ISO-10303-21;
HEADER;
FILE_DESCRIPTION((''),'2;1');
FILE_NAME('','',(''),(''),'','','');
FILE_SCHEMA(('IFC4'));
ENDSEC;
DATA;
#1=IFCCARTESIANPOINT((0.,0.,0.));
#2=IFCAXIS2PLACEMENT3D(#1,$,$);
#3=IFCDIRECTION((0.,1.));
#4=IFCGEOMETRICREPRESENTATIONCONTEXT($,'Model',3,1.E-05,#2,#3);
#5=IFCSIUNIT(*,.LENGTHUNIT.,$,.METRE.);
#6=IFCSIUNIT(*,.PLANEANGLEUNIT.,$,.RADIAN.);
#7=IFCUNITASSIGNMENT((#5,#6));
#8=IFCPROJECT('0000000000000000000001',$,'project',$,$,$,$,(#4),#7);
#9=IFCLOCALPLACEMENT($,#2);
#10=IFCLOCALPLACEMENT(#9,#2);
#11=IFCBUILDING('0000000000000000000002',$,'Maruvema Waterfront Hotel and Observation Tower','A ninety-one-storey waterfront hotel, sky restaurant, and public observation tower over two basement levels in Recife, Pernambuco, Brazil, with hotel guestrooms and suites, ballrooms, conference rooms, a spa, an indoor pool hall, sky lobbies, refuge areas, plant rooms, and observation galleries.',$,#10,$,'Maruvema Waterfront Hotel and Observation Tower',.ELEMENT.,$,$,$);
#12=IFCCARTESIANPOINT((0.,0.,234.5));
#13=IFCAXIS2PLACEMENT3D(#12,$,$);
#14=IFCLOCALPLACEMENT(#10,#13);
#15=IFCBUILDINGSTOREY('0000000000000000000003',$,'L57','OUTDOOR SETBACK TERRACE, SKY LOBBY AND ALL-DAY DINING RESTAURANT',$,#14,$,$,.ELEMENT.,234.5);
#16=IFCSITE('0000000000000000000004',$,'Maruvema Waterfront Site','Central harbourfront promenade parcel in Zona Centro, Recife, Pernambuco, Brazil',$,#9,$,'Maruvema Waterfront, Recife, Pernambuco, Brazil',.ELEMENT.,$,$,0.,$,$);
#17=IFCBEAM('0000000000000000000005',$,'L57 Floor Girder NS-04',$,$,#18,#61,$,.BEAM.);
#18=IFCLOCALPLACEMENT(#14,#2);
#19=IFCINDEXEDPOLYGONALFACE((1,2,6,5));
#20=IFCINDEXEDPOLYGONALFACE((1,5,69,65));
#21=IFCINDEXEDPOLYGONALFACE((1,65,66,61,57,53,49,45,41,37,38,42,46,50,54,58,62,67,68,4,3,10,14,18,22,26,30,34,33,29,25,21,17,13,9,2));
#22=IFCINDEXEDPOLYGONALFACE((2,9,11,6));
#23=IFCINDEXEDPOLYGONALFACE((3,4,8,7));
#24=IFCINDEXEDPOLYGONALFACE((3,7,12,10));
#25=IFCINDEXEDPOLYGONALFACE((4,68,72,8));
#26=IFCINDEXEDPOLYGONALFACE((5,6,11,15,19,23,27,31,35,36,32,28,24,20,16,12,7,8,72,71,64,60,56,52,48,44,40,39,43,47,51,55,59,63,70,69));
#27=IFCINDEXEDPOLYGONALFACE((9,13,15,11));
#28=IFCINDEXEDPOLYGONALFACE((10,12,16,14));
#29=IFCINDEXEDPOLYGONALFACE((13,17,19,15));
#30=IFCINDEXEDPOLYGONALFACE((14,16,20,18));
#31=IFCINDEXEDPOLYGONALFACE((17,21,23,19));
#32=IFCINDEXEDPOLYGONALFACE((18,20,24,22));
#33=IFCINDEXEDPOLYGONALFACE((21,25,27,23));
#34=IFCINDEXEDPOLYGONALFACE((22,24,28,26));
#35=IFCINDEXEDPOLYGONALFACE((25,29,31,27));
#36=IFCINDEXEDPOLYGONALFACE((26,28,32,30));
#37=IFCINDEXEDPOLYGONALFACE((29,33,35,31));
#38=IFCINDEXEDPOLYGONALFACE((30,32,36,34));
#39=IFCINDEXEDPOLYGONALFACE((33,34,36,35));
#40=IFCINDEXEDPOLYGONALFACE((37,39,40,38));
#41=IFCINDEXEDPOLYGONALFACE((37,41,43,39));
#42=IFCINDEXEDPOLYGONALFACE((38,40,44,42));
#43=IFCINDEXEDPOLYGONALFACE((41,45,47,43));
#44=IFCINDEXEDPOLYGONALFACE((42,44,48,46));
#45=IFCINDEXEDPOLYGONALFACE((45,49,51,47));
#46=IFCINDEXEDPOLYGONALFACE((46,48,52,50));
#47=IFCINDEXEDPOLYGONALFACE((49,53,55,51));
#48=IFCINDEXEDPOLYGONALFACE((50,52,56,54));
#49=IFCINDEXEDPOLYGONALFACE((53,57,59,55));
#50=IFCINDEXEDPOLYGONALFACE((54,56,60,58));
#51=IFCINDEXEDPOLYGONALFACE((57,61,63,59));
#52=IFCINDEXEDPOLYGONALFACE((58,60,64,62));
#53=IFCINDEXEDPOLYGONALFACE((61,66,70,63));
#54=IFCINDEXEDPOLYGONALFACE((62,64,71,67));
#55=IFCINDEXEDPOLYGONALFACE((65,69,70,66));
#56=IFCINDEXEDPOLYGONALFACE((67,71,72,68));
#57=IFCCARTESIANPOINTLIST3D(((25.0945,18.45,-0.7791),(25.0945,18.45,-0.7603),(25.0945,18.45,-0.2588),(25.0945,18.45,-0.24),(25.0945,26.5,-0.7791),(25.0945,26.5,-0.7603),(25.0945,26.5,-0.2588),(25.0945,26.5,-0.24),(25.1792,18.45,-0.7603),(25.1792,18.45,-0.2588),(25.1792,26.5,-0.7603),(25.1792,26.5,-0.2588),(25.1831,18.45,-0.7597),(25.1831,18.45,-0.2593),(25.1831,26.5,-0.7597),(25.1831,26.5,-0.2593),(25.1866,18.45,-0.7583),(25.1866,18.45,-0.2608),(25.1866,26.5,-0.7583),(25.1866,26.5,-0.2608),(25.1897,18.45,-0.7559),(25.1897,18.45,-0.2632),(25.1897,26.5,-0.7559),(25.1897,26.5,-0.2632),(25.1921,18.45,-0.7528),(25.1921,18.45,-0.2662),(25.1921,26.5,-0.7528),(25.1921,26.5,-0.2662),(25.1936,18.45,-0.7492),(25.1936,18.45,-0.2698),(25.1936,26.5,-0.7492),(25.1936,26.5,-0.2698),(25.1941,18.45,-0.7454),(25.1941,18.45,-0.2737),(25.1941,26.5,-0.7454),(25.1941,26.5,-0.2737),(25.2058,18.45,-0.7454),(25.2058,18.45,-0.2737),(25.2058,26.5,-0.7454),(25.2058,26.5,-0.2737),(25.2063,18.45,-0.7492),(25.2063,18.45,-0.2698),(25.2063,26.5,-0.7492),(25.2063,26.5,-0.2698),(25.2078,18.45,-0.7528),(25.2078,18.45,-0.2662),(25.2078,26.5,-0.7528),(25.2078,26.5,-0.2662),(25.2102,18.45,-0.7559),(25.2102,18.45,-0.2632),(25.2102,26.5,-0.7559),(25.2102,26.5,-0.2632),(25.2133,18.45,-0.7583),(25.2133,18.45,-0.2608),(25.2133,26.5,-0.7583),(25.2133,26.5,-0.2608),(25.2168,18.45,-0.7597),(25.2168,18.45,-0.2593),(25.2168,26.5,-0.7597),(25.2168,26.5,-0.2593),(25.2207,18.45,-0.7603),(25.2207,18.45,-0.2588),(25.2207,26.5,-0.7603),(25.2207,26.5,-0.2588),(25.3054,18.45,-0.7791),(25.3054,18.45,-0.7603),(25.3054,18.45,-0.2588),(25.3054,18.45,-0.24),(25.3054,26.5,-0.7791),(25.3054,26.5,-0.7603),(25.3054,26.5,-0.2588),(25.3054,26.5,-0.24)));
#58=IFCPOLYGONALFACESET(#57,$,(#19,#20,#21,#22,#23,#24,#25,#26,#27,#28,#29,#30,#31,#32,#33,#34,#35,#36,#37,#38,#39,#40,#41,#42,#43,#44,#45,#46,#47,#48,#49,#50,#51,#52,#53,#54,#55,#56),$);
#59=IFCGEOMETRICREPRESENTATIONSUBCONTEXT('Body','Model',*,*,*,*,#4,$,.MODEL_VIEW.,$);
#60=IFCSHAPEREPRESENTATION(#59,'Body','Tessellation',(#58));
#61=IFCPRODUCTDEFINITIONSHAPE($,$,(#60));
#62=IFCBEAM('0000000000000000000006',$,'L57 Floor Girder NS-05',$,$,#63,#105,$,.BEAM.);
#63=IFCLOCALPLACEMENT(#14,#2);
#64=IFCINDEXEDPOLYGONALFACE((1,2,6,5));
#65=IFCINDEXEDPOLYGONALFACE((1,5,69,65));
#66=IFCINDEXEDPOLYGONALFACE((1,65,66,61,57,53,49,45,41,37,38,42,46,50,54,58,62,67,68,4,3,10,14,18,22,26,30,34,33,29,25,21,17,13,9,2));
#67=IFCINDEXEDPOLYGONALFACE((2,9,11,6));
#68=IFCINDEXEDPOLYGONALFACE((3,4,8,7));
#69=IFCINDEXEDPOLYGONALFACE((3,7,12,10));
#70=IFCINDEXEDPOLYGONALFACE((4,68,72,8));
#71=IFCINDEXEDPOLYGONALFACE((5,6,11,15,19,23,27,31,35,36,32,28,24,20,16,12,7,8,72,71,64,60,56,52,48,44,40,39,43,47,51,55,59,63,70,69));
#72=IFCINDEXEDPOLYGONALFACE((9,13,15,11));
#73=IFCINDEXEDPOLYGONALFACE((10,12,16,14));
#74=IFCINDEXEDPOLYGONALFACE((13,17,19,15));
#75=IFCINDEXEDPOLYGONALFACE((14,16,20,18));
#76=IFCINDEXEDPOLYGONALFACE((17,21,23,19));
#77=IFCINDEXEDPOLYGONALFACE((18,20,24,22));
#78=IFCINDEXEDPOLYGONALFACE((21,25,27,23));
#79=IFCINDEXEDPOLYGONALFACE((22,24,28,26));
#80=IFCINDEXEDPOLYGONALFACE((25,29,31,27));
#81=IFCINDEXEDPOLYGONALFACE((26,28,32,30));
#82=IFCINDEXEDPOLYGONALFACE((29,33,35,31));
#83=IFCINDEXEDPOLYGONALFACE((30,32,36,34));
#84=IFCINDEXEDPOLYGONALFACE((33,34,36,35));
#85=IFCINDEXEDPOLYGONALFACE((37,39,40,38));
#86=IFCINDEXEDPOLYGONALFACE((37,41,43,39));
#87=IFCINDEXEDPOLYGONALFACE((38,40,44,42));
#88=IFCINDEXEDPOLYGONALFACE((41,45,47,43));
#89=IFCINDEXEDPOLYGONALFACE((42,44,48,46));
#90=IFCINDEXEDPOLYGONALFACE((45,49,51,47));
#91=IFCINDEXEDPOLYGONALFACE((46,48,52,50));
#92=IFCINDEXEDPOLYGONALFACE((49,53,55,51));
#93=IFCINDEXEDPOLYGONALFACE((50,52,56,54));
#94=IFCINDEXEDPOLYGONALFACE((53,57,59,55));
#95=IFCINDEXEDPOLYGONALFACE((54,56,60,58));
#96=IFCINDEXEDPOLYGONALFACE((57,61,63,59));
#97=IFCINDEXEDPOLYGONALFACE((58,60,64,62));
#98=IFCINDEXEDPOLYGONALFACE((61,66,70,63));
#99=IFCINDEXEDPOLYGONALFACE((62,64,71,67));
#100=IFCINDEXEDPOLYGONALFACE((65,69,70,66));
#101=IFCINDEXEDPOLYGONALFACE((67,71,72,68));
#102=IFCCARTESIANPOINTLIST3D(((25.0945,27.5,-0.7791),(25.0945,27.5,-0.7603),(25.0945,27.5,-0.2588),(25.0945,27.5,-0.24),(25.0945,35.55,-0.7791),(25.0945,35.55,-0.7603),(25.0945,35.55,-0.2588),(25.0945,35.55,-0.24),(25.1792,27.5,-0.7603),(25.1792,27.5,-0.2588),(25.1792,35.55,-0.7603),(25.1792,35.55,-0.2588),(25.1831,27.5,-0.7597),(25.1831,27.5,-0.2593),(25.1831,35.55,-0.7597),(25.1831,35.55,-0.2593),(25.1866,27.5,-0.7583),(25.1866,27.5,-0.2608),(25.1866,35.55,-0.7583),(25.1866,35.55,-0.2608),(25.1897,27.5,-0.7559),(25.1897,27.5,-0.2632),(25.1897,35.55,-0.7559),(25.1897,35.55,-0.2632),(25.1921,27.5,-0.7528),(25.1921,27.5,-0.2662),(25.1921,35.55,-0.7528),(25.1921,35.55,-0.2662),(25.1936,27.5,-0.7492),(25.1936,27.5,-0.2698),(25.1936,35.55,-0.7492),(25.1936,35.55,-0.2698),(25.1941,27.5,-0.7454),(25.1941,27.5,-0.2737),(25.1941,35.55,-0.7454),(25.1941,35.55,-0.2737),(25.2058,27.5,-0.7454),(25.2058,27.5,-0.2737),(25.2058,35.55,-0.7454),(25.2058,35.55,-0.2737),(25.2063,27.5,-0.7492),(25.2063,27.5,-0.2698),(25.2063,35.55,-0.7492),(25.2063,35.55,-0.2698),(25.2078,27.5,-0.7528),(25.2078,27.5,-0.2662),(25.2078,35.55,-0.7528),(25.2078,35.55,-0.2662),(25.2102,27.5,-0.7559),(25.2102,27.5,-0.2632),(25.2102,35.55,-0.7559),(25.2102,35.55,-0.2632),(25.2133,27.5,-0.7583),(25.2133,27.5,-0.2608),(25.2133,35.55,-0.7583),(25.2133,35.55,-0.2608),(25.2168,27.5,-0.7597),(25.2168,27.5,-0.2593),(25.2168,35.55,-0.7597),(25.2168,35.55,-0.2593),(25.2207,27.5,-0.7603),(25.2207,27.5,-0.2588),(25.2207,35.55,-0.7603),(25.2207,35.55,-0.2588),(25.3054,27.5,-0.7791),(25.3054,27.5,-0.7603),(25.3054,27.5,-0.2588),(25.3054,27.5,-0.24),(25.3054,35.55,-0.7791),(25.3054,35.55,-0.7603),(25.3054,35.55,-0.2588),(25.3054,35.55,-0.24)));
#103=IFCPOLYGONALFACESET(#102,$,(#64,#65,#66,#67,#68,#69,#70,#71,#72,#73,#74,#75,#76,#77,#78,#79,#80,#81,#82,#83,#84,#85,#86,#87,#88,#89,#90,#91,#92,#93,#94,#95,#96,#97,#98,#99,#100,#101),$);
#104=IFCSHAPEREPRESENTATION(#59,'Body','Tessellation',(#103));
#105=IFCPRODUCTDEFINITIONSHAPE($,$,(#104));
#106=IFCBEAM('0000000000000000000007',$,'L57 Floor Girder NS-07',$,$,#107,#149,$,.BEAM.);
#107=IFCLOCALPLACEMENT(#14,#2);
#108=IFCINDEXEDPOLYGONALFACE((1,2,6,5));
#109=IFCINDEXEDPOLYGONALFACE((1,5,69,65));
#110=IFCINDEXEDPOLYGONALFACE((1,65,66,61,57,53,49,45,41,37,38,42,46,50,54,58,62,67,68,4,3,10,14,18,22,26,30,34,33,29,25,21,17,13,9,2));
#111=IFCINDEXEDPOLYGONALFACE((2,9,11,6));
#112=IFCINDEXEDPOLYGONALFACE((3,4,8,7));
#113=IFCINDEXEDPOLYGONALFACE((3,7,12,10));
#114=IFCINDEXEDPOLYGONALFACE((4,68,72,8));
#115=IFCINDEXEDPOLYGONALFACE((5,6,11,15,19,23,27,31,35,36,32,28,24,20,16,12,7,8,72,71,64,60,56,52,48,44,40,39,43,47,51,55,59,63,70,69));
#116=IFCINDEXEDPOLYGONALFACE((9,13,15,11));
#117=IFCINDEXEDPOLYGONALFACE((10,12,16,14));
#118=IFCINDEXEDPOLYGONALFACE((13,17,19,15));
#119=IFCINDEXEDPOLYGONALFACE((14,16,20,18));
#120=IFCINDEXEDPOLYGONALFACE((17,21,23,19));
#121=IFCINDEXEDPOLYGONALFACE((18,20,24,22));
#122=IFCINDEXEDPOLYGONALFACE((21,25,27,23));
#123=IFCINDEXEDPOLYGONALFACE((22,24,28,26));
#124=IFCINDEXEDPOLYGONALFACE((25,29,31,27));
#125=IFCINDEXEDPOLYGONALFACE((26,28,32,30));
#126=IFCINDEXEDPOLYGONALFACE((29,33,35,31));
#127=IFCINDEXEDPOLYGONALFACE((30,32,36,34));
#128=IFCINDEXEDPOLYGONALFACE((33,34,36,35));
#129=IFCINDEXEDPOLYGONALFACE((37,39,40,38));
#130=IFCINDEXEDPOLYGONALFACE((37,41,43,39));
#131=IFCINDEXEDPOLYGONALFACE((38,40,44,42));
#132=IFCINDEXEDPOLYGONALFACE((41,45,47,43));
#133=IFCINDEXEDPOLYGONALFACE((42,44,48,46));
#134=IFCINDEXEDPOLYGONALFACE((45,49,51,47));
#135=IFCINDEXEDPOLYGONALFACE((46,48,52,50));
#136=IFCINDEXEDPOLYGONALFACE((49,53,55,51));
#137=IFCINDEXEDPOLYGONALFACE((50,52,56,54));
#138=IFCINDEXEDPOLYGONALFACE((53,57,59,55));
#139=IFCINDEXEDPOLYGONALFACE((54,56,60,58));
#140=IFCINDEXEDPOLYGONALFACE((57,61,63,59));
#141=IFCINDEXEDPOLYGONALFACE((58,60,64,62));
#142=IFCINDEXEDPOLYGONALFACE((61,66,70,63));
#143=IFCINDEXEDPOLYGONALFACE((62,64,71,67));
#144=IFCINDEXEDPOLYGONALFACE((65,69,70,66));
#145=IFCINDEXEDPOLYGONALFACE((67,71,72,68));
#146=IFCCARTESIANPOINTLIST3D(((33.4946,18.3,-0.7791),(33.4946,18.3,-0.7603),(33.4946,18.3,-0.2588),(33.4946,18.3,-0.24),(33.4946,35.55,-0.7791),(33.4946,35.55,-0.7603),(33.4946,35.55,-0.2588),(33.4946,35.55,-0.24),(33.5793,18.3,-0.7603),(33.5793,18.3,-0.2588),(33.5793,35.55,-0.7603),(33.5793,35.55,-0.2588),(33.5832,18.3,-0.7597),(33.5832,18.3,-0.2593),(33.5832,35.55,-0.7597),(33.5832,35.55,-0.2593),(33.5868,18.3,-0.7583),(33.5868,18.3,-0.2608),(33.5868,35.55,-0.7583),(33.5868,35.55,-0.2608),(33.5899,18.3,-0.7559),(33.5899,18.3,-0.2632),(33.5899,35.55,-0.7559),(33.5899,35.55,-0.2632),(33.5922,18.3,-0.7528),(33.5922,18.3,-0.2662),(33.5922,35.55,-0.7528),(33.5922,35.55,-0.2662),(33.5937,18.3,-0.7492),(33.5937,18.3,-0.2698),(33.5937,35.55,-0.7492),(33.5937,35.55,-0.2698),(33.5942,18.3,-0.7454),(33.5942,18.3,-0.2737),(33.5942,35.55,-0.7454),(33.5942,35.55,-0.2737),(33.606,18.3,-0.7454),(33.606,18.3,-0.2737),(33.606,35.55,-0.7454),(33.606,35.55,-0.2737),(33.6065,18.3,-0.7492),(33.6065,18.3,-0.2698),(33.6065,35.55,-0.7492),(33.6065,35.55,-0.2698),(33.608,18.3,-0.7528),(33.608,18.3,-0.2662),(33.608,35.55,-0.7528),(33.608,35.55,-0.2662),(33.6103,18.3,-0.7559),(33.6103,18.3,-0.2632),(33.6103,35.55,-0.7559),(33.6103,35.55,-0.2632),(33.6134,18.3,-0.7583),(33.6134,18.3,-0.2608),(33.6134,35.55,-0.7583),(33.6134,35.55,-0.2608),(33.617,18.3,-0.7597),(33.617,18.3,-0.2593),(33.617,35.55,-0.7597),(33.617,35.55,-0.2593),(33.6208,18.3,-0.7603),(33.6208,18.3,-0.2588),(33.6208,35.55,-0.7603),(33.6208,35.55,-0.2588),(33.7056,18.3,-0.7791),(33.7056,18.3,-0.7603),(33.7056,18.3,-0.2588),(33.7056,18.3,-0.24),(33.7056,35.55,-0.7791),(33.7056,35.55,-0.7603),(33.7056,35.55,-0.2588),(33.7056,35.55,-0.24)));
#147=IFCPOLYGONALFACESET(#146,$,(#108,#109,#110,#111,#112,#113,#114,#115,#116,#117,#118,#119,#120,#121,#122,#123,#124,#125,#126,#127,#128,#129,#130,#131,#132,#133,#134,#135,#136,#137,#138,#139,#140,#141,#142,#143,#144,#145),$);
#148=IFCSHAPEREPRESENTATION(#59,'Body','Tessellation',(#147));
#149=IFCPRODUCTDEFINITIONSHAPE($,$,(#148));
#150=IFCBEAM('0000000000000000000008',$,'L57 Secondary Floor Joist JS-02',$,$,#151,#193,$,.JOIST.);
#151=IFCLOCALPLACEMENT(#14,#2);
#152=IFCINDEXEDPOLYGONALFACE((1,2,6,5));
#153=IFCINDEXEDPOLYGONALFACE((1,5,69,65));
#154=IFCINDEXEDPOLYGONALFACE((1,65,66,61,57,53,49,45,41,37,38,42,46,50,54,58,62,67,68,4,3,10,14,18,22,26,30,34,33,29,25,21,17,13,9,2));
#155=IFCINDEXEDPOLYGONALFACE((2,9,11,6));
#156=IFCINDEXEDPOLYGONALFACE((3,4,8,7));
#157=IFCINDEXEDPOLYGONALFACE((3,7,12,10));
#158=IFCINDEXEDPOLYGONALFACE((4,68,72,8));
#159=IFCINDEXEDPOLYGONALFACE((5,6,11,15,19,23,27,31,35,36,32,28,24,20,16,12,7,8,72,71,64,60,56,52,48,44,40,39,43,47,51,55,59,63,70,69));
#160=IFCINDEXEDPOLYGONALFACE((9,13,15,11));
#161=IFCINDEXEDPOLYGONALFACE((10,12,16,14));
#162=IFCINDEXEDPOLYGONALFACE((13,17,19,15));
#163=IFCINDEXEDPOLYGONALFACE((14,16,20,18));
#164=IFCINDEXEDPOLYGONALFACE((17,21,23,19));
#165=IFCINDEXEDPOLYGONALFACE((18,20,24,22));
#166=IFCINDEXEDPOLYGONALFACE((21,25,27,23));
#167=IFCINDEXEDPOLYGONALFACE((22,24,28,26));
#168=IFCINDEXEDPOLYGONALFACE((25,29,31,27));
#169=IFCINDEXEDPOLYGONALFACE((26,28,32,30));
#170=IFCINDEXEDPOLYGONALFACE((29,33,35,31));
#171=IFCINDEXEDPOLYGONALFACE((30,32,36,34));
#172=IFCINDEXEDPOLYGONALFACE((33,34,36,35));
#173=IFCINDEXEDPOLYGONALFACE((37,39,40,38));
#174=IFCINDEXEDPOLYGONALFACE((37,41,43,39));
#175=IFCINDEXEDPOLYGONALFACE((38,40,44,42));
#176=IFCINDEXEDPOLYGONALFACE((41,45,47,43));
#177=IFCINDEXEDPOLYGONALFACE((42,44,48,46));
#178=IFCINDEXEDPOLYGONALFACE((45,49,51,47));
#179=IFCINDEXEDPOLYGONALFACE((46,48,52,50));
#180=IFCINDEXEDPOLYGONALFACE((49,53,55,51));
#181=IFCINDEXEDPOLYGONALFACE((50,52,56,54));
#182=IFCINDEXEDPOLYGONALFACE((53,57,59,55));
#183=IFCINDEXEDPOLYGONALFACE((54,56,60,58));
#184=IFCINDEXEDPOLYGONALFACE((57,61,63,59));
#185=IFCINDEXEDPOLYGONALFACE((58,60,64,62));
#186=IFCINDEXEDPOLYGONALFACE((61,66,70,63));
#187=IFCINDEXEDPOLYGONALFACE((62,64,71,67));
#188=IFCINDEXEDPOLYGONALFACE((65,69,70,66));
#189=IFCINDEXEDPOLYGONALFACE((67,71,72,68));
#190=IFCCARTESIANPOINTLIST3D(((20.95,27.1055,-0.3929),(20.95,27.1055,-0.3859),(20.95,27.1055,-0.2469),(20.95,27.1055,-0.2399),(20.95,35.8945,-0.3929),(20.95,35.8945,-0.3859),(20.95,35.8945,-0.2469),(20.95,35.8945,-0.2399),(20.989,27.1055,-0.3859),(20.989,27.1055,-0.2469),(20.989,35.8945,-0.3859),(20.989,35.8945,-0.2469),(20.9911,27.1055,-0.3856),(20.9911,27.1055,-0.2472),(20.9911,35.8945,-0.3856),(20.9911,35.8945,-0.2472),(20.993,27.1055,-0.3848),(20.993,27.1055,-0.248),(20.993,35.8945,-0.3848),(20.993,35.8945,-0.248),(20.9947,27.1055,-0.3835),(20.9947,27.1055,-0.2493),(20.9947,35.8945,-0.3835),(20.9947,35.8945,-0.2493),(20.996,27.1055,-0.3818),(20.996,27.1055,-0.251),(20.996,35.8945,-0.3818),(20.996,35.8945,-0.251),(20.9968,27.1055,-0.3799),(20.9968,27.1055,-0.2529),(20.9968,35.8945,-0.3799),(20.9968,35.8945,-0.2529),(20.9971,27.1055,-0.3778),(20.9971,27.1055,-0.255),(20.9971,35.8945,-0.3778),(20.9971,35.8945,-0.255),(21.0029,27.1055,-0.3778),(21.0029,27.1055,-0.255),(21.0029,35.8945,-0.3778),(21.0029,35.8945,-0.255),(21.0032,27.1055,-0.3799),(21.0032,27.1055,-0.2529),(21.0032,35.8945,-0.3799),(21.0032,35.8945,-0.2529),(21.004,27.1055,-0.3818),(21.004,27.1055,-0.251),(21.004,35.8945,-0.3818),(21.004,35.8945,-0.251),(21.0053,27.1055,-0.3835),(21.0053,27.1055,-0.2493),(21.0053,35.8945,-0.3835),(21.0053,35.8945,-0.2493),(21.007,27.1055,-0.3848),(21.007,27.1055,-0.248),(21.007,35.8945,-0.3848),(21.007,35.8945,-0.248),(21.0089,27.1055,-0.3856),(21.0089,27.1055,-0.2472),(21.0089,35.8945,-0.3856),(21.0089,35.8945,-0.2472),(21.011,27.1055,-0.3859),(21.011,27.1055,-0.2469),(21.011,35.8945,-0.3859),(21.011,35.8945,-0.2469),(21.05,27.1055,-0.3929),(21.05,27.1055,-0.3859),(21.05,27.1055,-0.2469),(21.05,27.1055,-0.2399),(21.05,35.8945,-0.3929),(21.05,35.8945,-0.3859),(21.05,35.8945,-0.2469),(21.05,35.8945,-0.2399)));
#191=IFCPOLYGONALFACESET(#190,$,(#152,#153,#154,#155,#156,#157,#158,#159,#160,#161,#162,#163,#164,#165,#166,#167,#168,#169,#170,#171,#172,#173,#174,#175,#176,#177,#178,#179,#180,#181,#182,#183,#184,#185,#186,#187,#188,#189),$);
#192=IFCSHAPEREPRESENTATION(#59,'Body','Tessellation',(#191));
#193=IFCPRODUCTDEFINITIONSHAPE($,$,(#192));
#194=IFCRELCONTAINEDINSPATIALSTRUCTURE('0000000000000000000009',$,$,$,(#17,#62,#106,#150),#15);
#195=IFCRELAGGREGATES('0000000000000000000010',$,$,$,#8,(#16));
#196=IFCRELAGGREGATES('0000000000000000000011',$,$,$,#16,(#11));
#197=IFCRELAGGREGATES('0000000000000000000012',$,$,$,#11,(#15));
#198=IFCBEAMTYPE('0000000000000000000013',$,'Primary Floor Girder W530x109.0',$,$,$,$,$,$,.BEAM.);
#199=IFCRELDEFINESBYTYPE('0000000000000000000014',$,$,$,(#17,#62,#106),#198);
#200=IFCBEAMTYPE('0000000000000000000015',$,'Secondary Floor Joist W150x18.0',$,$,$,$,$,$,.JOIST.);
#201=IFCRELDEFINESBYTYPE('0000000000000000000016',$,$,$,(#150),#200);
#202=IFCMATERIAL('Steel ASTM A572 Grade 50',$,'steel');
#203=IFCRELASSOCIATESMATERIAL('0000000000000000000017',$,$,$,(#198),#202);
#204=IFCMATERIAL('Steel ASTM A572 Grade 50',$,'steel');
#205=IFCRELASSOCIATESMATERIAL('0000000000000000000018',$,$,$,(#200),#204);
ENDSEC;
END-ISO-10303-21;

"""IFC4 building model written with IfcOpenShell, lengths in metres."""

from ifc_helpers import new_model, si_unit, direction, frame, origin, origin_2d, place, context, subcontext, project, spatial, i_section, extrude, material, material_profile, profile_set, type_object, element, save


model = new_model("IFC4")

# Units and contexts
model_context = context("Model", 3, precision=1e-05, world=origin(), true_north=direction((0.0, 1.0)))
body_context = subcontext(model_context, "Body", "Model", "MODEL_VIEW")
ifc_project = project(units=[si_unit("LENGTHUNIT", "METRE"), si_unit("PLANEANGLEUNIT", "RADIAN")], contexts=[model_context])

# Site, building, storey
site_placement = place(None, origin())
site = spatial("IfcSite", under=ifc_project, at=site_placement, Name="Maruvema Waterfront Site", Description="Central harbourfront promenade parcel in Zona Centro, Recife, Pernambuco, Brazil", LongName="Maruvema Waterfront, Recife, Pernambuco, Brazil", CompositionType="ELEMENT", RefElevation=0.0)
building_placement = place(site_placement, origin())
building = spatial("IfcBuilding", under=site, at=building_placement, Name="Maruvema Waterfront Hotel and Observation Tower", Description="A ninety-one-storey waterfront hotel, sky restaurant, and public observation tower over two basement levels in Recife, Pernambuco, Brazil, with hotel guestrooms and suites, ballrooms, conference rooms, a spa, an indoor pool hall, sky lobbies, refuge areas, plant rooms, and observation galleries.", LongName="Maruvema Waterfront Hotel and Observation Tower", CompositionType="ELEMENT")
storey_placement = place(building_placement, frame((0.0, 0.0, 234.5)))
storey = spatial("IfcBuildingStorey", under=building, at=storey_placement, Name="L57", Description="OUTDOOR SETBACK TERRACE, SKY LOBBY AND ALL-DAY DINING RESTAURANT", CompositionType="ELEMENT", Elevation=234.5)

# Beams
ifc_material_1 = material(Name="Steel ASTM A572 Grade 50", Category="steel")
ifc_material_profile_1 = material_profile(ifc_material_1, i_section(OverallWidth=0.2109, OverallDepth=0.5391, WebThickness=0.0117, FlangeThickness=0.0188, FilletRadius=0.0149, at=origin_2d()), Name="W530x109.0")
ifc_profile_set_1 = profile_set([ifc_material_profile_1], Name="Steel ASTM A572 Grade 50")
beam_type_1 = type_object("IfcBeamType", Name="Primary Floor Girder W530x109.0", PredefinedType="BEAM", material=ifc_profile_set_1)
for number, where, z_axis, x_axis, name in (
    (1, (25.2, 18.45, -0.5095), (0.0, 1.0, 0.0), (-1.0, 0.0, 0.0), "L57 Floor Girder NS-04"),
    (2, (25.2, 27.5, -0.5095), (0.0, 1.0, 0.0), (-1.0, 0.0, 0.0), "L57 Floor Girder NS-05"),
):
    element("IfcBeam", number, at=place(storey_placement, frame(where, z_axis=z_axis, x_axis=x_axis)), inside=storey, type_object=beam_type_1, Name=name, PredefinedType="BEAM", context=body_context, shape_type="SweptSolid", body=[
        extrude(i_section(OverallWidth=0.2109, OverallDepth=0.5391, WebThickness=0.0117, FlangeThickness=0.0188, FilletRadius=0.0149, at=origin_2d()), origin(), (0.0, 0.0, 1.0), 8.05),
    ])
beam_1_placement = place(storey_placement, frame((33.6001, 18.3, -0.5095), z_axis=(0.0, 1.0, 0.0), x_axis=(-1.0, 0.0, 0.0)))
element("IfcBeam", 3, at=beam_1_placement, inside=storey, type_object=beam_type_1, Name="L57 Floor Girder NS-07", PredefinedType="BEAM", context=body_context, shape_type="SweptSolid", body=[
    extrude(i_section(OverallWidth=0.2109, OverallDepth=0.5391, WebThickness=0.0117, FlangeThickness=0.0188, FilletRadius=0.0149, at=origin_2d()), origin(), (0.0, 0.0, 1.0), 17.25),
])
ifc_material_2 = material(Name="Steel ASTM A572 Grade 50", Category="steel")
ifc_material_profile_2 = material_profile(ifc_material_2, i_section(OverallWidth=0.1001, OverallDepth=0.1531, WebThickness=0.0059, FlangeThickness=0.0071, FilletRadius=0.0081, at=origin_2d()), Name="W150x18.0")
ifc_profile_set_2 = profile_set([ifc_material_profile_2], Name="Steel ASTM A572 Grade 50")
beam_type_2 = type_object("IfcBeamType", Name="Secondary Floor Joist W150x18.0", PredefinedType="JOIST", material=ifc_profile_set_2)
beam_2_placement = place(storey_placement, frame((21.0, 27.1055, -0.3164), z_axis=(0.0, 1.0, 0.0), x_axis=(-1.0, 0.0, 0.0)))
element("IfcBeam", 4, at=beam_2_placement, inside=storey, type_object=beam_type_2, Name="L57 Secondary Floor Joist JS-02", PredefinedType="JOIST", context=body_context, shape_type="SweptSolid", body=[
    extrude(i_section(OverallWidth=0.1001, OverallDepth=0.1531, WebThickness=0.0059, FlangeThickness=0.0071, FilletRadius=0.0081, at=origin_2d()), origin(), (0.0, 0.0, 1.0), 8.7891),
])

save(model, "model.ifc")
